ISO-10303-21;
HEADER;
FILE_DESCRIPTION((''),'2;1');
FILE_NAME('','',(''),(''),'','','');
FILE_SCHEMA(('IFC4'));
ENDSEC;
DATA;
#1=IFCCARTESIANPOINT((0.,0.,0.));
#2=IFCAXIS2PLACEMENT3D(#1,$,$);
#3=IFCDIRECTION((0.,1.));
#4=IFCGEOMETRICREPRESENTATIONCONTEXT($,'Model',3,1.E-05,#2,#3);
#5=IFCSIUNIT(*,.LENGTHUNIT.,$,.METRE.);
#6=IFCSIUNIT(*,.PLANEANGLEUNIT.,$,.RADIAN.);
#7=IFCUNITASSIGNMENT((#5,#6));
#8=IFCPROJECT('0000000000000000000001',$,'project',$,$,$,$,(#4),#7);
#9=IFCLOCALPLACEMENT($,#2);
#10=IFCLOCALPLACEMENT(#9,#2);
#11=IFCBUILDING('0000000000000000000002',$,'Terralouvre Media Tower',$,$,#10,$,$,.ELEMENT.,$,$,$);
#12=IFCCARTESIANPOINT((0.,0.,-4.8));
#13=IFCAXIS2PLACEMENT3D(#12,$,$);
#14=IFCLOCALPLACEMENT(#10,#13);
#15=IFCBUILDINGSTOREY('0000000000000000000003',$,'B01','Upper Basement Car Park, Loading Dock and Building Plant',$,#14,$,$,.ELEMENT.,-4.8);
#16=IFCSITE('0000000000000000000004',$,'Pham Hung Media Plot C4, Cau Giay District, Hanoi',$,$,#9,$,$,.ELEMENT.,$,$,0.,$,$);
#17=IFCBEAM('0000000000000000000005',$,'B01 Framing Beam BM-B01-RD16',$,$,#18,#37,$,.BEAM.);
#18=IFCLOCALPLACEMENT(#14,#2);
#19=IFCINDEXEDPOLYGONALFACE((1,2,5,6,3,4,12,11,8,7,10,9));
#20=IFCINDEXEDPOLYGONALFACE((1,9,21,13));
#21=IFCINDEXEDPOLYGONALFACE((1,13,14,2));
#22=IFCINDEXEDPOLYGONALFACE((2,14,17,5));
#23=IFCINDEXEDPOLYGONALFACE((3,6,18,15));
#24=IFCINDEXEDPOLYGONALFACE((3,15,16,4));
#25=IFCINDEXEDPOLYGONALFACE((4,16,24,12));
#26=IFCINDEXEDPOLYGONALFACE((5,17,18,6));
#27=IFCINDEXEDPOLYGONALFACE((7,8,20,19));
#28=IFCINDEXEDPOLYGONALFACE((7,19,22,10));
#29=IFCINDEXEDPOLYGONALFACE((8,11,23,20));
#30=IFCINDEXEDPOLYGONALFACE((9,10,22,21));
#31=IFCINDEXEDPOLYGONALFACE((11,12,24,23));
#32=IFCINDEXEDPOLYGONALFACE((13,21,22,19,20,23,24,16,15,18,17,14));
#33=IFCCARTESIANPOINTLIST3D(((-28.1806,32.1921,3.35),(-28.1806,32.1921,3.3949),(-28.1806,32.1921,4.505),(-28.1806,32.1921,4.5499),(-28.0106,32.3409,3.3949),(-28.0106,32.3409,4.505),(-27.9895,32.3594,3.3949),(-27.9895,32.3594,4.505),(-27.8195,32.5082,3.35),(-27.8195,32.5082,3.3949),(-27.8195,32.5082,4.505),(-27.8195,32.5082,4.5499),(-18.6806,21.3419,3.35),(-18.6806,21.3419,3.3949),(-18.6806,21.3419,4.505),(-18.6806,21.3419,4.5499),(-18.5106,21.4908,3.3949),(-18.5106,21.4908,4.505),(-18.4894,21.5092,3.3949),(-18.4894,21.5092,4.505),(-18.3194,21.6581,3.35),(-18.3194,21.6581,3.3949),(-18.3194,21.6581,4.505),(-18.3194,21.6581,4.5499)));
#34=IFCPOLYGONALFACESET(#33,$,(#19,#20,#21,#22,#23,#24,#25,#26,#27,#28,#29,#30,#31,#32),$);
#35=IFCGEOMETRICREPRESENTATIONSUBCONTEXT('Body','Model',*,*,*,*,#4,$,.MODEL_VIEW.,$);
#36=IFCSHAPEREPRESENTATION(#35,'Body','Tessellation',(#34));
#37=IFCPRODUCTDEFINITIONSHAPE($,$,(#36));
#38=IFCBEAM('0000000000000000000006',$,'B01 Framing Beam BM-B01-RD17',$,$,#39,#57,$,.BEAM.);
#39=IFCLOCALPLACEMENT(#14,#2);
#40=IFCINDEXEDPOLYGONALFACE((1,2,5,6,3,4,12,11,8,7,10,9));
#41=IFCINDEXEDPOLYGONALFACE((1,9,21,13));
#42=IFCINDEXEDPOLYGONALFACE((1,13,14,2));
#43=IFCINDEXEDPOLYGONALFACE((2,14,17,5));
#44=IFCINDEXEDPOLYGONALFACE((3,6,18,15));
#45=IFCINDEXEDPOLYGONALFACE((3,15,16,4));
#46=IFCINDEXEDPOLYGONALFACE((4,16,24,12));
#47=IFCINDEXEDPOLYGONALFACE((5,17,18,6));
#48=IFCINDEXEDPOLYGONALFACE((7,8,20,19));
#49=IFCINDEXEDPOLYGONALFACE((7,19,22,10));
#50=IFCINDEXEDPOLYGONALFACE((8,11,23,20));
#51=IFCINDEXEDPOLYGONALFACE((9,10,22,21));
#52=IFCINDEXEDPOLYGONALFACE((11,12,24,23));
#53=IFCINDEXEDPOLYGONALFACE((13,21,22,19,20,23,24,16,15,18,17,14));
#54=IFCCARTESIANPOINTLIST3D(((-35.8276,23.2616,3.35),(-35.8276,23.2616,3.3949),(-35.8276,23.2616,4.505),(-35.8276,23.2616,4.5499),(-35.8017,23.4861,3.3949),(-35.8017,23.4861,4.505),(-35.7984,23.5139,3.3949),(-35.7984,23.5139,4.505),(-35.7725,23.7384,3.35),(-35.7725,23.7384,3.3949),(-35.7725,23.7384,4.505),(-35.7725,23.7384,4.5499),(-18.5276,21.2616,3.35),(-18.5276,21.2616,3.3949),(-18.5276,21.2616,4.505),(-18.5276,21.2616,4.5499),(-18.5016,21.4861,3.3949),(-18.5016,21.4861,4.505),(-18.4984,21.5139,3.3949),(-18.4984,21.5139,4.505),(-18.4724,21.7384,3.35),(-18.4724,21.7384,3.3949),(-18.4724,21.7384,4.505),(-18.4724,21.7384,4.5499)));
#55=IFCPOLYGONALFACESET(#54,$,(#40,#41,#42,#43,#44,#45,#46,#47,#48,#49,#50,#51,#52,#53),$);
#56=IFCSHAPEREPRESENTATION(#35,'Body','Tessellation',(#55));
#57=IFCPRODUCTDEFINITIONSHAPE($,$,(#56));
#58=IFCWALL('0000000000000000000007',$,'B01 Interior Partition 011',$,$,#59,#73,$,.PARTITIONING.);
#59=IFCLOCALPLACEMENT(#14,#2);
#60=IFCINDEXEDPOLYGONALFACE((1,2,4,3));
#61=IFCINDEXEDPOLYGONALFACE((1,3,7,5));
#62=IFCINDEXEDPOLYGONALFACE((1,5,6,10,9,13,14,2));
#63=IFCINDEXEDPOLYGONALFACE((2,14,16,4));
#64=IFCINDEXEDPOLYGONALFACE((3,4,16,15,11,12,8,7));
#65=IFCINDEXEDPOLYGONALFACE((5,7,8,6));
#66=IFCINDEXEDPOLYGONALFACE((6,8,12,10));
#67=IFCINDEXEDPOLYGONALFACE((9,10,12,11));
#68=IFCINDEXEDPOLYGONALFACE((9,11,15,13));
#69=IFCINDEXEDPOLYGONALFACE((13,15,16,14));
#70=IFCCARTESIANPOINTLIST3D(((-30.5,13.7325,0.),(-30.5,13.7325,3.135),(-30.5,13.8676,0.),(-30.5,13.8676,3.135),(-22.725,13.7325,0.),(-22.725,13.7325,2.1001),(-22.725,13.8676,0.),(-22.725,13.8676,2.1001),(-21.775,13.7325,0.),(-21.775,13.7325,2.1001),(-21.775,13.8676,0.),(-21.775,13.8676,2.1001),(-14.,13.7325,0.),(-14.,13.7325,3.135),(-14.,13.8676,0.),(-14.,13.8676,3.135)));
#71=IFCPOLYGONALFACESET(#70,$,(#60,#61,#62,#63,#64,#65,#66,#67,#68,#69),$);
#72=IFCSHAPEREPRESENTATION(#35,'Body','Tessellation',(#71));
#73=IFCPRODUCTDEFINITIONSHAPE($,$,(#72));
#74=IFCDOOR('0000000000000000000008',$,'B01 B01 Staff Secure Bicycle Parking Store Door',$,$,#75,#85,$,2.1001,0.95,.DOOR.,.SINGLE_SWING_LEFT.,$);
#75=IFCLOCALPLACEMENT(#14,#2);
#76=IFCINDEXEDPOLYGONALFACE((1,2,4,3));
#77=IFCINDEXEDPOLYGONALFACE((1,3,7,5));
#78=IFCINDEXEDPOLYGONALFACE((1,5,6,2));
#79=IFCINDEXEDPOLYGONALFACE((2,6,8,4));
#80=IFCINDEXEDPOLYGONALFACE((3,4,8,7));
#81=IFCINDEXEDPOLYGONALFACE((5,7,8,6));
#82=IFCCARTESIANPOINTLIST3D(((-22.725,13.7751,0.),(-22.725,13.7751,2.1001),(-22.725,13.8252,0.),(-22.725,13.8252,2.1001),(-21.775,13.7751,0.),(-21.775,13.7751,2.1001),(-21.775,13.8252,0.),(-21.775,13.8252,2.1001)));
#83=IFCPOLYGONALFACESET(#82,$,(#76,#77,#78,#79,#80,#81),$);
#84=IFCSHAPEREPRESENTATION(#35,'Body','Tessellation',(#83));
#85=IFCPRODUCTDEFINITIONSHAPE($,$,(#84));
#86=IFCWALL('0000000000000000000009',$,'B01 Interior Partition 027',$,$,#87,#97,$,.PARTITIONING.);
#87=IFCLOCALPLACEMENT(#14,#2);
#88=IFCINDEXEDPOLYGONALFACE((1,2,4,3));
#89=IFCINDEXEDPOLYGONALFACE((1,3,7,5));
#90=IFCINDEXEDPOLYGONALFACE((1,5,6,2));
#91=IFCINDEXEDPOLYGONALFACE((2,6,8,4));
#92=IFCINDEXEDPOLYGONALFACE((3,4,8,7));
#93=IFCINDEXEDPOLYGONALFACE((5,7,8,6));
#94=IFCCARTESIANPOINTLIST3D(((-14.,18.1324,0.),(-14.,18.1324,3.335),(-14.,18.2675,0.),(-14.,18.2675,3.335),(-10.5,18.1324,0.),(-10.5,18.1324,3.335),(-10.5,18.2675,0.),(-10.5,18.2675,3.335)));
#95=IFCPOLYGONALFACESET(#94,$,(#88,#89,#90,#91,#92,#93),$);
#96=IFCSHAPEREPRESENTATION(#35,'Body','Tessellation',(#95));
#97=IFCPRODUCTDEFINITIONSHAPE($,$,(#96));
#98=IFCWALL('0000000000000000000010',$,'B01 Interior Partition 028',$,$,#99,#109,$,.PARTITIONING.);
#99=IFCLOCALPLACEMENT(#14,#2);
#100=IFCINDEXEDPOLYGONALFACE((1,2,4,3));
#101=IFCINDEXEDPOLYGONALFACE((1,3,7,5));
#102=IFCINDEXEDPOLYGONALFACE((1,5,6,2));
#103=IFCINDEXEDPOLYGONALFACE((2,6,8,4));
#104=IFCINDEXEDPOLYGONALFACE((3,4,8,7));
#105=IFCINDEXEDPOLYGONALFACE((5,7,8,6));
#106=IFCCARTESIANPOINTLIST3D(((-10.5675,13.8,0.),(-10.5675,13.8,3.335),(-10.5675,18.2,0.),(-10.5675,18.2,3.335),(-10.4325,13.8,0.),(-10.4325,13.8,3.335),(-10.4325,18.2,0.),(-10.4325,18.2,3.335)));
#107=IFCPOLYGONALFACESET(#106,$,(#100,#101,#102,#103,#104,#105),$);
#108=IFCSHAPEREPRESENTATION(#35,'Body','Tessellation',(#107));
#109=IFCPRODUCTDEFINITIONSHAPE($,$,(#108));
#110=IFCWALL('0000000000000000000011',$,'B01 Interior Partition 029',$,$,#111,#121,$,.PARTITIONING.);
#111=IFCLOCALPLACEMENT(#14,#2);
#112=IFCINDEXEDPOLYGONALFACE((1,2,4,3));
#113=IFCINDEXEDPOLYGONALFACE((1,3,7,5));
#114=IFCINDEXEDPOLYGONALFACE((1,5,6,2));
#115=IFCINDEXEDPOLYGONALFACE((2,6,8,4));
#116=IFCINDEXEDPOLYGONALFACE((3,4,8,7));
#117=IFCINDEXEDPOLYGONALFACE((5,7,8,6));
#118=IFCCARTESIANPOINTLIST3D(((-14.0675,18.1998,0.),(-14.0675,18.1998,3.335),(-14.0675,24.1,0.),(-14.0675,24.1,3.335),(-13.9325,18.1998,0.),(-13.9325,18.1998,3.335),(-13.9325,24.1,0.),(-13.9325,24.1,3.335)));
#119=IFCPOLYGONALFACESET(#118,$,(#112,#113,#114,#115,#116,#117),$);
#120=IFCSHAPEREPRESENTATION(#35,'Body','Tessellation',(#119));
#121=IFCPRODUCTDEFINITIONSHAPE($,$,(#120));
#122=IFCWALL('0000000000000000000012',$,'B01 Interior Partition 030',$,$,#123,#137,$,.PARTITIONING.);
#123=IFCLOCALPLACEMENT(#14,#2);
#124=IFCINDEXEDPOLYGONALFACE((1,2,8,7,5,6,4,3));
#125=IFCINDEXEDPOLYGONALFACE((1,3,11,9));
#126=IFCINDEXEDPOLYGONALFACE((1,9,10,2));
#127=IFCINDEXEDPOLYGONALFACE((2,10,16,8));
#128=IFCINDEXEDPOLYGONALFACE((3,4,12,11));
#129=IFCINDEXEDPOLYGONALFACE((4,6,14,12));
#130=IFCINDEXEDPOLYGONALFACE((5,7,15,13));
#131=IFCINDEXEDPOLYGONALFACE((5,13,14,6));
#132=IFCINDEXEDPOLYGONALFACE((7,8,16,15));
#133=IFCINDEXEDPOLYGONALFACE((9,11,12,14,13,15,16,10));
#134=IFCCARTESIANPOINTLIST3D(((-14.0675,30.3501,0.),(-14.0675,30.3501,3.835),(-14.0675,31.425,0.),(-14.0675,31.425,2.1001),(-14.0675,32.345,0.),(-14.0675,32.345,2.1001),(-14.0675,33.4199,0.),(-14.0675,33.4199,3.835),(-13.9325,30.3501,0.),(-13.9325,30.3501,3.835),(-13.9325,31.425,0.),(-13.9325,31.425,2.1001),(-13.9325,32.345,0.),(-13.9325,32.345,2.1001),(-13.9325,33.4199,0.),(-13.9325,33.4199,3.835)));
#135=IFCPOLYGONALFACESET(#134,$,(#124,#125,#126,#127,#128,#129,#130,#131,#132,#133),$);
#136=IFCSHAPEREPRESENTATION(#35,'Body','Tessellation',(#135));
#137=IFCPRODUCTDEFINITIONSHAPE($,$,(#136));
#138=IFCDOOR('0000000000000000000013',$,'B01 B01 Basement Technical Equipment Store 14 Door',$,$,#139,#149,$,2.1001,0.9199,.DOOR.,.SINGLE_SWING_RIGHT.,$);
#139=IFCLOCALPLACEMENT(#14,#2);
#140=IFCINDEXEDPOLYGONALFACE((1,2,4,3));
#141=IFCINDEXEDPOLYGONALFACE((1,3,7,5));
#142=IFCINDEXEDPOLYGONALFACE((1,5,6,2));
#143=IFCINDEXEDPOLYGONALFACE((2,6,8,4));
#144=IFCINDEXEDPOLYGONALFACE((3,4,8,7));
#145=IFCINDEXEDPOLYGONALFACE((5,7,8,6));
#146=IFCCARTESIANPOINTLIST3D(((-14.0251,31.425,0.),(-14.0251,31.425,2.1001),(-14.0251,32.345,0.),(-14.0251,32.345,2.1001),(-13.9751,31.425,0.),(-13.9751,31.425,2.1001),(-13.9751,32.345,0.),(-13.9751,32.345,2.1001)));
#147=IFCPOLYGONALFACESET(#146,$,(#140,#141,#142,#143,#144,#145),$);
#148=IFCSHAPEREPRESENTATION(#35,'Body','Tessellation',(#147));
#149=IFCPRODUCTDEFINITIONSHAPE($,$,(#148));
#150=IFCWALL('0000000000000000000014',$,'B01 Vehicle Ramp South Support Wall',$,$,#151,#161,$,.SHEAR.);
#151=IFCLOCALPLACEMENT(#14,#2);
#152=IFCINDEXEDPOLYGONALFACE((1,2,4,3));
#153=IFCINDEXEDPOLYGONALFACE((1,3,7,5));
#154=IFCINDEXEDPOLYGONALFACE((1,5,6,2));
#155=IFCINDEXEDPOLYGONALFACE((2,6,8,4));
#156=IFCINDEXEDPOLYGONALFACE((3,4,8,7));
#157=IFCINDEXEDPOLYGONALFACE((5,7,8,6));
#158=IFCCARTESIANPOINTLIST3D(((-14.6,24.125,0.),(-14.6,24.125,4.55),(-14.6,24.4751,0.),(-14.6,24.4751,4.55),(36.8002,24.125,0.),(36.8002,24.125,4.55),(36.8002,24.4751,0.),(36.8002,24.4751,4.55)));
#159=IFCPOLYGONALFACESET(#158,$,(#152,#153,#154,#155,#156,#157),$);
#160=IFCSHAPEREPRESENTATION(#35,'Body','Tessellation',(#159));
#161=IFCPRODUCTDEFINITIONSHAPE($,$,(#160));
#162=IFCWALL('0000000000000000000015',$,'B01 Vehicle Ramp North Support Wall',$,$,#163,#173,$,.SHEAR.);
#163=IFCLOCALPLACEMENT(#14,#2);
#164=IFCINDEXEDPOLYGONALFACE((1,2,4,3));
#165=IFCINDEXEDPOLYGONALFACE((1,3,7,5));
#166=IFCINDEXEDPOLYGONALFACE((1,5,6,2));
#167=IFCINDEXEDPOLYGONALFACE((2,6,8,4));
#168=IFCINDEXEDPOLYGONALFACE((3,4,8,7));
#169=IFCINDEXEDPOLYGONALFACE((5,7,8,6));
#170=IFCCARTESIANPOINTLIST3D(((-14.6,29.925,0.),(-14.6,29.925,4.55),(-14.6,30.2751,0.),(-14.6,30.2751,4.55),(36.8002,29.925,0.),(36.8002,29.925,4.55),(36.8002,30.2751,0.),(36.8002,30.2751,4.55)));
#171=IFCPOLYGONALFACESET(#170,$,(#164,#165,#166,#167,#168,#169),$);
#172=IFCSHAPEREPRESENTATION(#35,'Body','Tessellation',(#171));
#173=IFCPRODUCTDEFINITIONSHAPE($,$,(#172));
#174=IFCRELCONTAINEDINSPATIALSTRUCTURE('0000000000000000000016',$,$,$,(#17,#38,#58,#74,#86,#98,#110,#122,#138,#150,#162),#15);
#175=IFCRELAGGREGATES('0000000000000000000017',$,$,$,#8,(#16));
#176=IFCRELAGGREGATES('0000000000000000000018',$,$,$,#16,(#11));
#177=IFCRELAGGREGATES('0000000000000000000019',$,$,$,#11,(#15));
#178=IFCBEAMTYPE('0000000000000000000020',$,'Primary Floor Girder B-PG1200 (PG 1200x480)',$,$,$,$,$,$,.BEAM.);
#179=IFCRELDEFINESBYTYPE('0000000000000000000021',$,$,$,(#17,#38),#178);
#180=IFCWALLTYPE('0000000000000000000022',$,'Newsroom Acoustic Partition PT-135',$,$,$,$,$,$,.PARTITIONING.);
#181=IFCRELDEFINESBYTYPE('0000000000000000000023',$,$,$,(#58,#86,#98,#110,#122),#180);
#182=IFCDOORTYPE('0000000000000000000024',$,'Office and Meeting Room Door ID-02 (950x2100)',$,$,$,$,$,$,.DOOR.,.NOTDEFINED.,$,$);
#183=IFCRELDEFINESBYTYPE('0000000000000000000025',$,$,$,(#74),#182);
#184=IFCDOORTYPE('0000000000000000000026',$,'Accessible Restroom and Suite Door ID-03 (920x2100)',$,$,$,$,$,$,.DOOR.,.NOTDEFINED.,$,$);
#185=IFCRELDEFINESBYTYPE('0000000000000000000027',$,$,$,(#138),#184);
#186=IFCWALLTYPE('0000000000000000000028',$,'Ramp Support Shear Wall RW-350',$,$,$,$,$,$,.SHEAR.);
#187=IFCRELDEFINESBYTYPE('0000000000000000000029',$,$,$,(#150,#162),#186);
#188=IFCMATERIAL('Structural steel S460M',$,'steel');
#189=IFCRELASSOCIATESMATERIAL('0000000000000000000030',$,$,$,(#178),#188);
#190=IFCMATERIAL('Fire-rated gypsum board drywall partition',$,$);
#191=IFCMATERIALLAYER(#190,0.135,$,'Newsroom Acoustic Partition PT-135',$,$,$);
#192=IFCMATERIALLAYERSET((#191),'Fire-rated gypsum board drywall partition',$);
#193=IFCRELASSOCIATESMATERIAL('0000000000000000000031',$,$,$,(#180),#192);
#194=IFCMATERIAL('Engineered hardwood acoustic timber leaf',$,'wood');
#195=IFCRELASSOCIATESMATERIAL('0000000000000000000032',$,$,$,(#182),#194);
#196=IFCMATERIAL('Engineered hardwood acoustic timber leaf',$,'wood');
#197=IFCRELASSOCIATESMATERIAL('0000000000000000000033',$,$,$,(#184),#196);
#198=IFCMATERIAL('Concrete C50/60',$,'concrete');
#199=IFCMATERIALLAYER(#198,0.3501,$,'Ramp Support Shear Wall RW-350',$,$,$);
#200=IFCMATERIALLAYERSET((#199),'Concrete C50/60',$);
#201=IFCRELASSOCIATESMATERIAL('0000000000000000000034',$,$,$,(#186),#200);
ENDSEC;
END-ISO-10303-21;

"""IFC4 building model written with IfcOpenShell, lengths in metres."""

from ifc_helpers import new_model, si_unit, direction, frame, frame_2d, origin, origin_2d, place, context, subcontext, project, spatial, rectangle, i_section, extrude, material, layer, layer_set, material_profile, profile_set, type_object, element, fill, save


model = new_model("IFC4")

# Units and contexts
model_context = context("Model", 3, precision=1e-05, world=origin(), true_north=direction((0.0, 1.0)))
body_context = subcontext(model_context, "Body", "Model", "MODEL_VIEW")
ifc_project = project(units=[si_unit("LENGTHUNIT", "METRE"), si_unit("PLANEANGLEUNIT", "RADIAN")], contexts=[model_context])

# Site, building, storey
site_placement = place(None, origin())
site = spatial("IfcSite", under=ifc_project, at=site_placement, Name="Pham Hung Media Plot C4, Cau Giay District, Hanoi", CompositionType="ELEMENT", RefElevation=0.0)
building_placement = place(site_placement, origin())
building = spatial("IfcBuilding", under=site, at=building_placement, Name="Terralouvre Media Tower", CompositionType="ELEMENT")
storey_placement = place(building_placement, frame((0.0, 0.0, -4.8)))
storey = spatial("IfcBuildingStorey", under=building, at=storey_placement, Name="B01", Description="Upper Basement Car Park, Loading Dock and Building Plant", CompositionType="ELEMENT", Elevation=-4.8)

# Beams
ifc_material_1 = material(Name="Structural steel S460M", Category="steel")
ifc_material_profile_1 = material_profile(ifc_material_1, i_section(OverallWidth=0.48, OverallDepth=1.2, WebThickness=0.0281, FlangeThickness=0.0449, at=origin_2d()), Name="PG 1200x480")
ifc_profile_set_1 = profile_set([ifc_material_profile_1], Name="Structural steel S460M")
beam_type_1 = type_object("IfcBeamType", Name="Primary Floor Girder B-PG1200 (PG 1200x480)", PredefinedType="BEAM", material=ifc_profile_set_1)
beam_1_placement = place(storey_placement, frame((-18.5, 21.5, 3.95), z_axis=(-0.658747, 0.752365, 0.0), x_axis=(-0.752365, -0.658747, 0.0)))
element("IfcBeam", 1, at=beam_1_placement, inside=storey, type_object=beam_type_1, Name="B01 Framing Beam BM-B01-RD16", PredefinedType="BEAM", context=body_context, shape_type="SweptSolid", body=[
    extrude(i_section(OverallWidth=0.48, OverallDepth=1.2, WebThickness=0.0281, FlangeThickness=0.0449, at=origin_2d()), origin(), (0.0, 0.0, 1.0), 14.4214),
])
beam_2_placement = place(storey_placement, frame((-18.5, 21.5, 3.95), z_axis=(-0.993384, 0.114842, 0.0), x_axis=(-0.114842, -0.993384, 0.0)))
element("IfcBeam", 2, at=beam_2_placement, inside=storey, type_object=beam_type_1, Name="B01 Framing Beam BM-B01-RD17", PredefinedType="BEAM", context=body_context, shape_type="SweptSolid", body=[
    extrude(i_section(OverallWidth=0.48, OverallDepth=1.2, WebThickness=0.0281, FlangeThickness=0.0449, at=origin_2d()), origin(), (0.0, 0.0, 1.0), 17.4153),
])

# Wall, opening, door
ifc_material_2 = material(Name="Fire-rated gypsum board drywall partition")
ifc_layer_1 = layer(ifc_material_2, 0.135, Name="Newsroom Acoustic Partition PT-135")
ifc_layer_set_1 = layer_set([ifc_layer_1], Name="Fire-rated gypsum board drywall partition")
wall_type_1 = type_object("IfcWallType", Name="Newsroom Acoustic Partition PT-135", PredefinedType="PARTITIONING", material=ifc_layer_set_1)
wall_1_placement = place(storey_placement, frame((-14.0, 13.8, 0.0), z_axis=(0.0, 0.0, 1.0), x_axis=(-1.0, 0.0, 0.0)))
wall_1 = element("IfcWall", 3, at=wall_1_placement, inside=storey, type_object=wall_type_1, Name="B01 Interior Partition 011", PredefinedType="PARTITIONING", context=body_context, shape_type="SweptSolid", body=[
    extrude(rectangle(XDim=16.5, YDim=0.135, at=frame_2d((8.25, 0.0))), origin(), (0.0, 0.0, 1.0), 3.135),
])
opening_1_placement = place(wall_1_placement, frame((7.7749, 0.0, 0.0)))
opening_1 = element("IfcOpeningElement", 4, at=opening_1_placement, cuts=wall_1, PredefinedType="OPENING", context=body_context, shape_type="SweptSolid", body=[
    extrude(rectangle(XDim=0.95, YDim=2.1001, at=frame_2d((0.4751, 1.05))), frame((0.0, 0.0774, 0.0), z_axis=(0.0, -1.0, 0.0), x_axis=(1.0, 0.0, 0.0)), (0.0, 0.0, 1.0), 0.155),
])
ifc_material_3 = material(Name="Engineered hardwood acoustic timber leaf", Category="wood")
door_type_1 = type_object("IfcDoorType", Name="Office and Meeting Room Door ID-02 (950x2100)", OperationType="NOTDEFINED", PredefinedType="DOOR", material=ifc_material_3)
door_1_placement = place(opening_1_placement, origin())
door_1 = element("IfcDoor", 5, at=door_1_placement, inside=storey, type_object=door_type_1, Name="B01 B01 Staff Secure Bicycle Parking Store Door", OperationType="SINGLE_SWING_LEFT", OverallHeight=2.1001, OverallWidth=0.95, PredefinedType="DOOR", context=body_context, shape_type="SweptSolid", body=[
    extrude(rectangle(XDim=0.95, YDim=2.1001, at=frame_2d((0.4751, 1.05))), frame((0.0, 0.0249, 0.0), z_axis=(0.0, -1.0, 0.0), x_axis=(1.0, 0.0, 0.0)), (0.0, 0.0, 1.0), 0.05),
])
fill(opening_1, door_1)

# Walls
wall_2_placement = place(storey_placement, frame((-14.0, 18.2, 0.0), z_axis=(0.0, 0.0, 1.0), x_axis=(1.0, 0.0, 0.0)))
element("IfcWall", 6, at=wall_2_placement, inside=storey, type_object=wall_type_1, Name="B01 Interior Partition 027", PredefinedType="PARTITIONING", context=body_context, shape_type="SweptSolid", body=[
    extrude(rectangle(XDim=3.5, YDim=0.135, at=frame_2d((1.75, 0.0))), origin(), (0.0, 0.0, 1.0), 3.335),
])
wall_3_placement = place(storey_placement, frame((-10.5, 18.2, 0.0), z_axis=(0.0, 0.0, 1.0), x_axis=(0.0, -1.0, 0.0)))
element("IfcWall", 7, at=wall_3_placement, inside=storey, type_object=wall_type_1, Name="B01 Interior Partition 028", PredefinedType="PARTITIONING", context=body_context, shape_type="SweptSolid", body=[
    extrude(rectangle(XDim=4.3999, YDim=0.135, at=frame_2d((2.2, 0.0))), origin(), (0.0, 0.0, 1.0), 3.335),
])
wall_4_placement = place(storey_placement, frame((-14.0, 24.1001, 0.0), z_axis=(0.0, 0.0, 1.0), x_axis=(0.0, -1.0, 0.0)))
element("IfcWall", 8, at=wall_4_placement, inside=storey, type_object=wall_type_1, Name="B01 Interior Partition 029", PredefinedType="PARTITIONING", context=body_context, shape_type="SweptSolid", body=[
    extrude(rectangle(XDim=5.9001, YDim=0.135, at=frame_2d((2.9502, 0.0))), origin(), (0.0, 0.0, 1.0), 3.335),
])

# Wall, opening, door
wall_5_placement = place(storey_placement, frame((-14.0, 33.4199, 0.0), z_axis=(0.0, 0.0, 1.0), x_axis=(0.0, -1.0, 0.0)))
wall_5 = element("IfcWall", 9, at=wall_5_placement, inside=storey, type_object=wall_type_1, Name="B01 Interior Partition 030", PredefinedType="PARTITIONING", context=body_context, shape_type="SweptSolid", body=[
    extrude(rectangle(XDim=3.0698, YDim=0.135, at=frame_2d((1.5349, 0.0))), origin(), (0.0, 0.0, 1.0), 3.835),
])
opening_2_placement = place(wall_5_placement, frame((1.075, 0.0, 0.0)))
opening_2 = element("IfcOpeningElement", 10, at=opening_2_placement, cuts=wall_5, PredefinedType="OPENING", context=body_context, shape_type="SweptSolid", body=[
    extrude(rectangle(XDim=0.9199, YDim=2.1001, at=frame_2d((0.46, 1.05))), frame((0.0, 0.0774, 0.0), z_axis=(0.0, -1.0, 0.0), x_axis=(1.0, 0.0, 0.0)), (0.0, 0.0, 1.0), 0.155),
])
ifc_material_4 = material(Name="Engineered hardwood acoustic timber leaf", Category="wood")
door_type_2 = type_object("IfcDoorType", Name="Accessible Restroom and Suite Door ID-03 (920x2100)", OperationType="NOTDEFINED", PredefinedType="DOOR", material=ifc_material_4)
door_2_placement = place(opening_2_placement, origin())
door_2 = element("IfcDoor", 11, at=door_2_placement, inside=storey, type_object=door_type_2, Name="B01 B01 Basement Technical Equipment Store 14 Door", OperationType="SINGLE_SWING_RIGHT", OverallHeight=2.1001, OverallWidth=0.9199, PredefinedType="DOOR", context=body_context, shape_type="SweptSolid", body=[
    extrude(rectangle(XDim=0.9199, YDim=2.1001, at=frame_2d((0.46, 1.05))), frame((0.0, 0.0249, 0.0), z_axis=(0.0, -1.0, 0.0), x_axis=(1.0, 0.0, 0.0)), (0.0, 0.0, 1.0), 0.05),
])
fill(opening_2, door_2)

# Walls
ifc_material_5 = material(Name="Concrete C50/60", Category="concrete")
ifc_layer_2 = layer(ifc_material_5, 0.3501, Name="Ramp Support Shear Wall RW-350")
ifc_layer_set_2 = layer_set([ifc_layer_2], Name="Concrete C50/60")
wall_type_2 = type_object("IfcWallType", Name="Ramp Support Shear Wall RW-350", PredefinedType="SHEAR", material=ifc_layer_set_2)
for number, where, z_axis, x_axis, name in (
    (12, (-14.6001, 24.3, 0.0), (0.0, 0.0, 1.0), (1.0, 0.0, 0.0), "B01 Vehicle Ramp South Support Wall"),
    (13, (-14.6001, 30.1001, 0.0), (0.0, 0.0, 1.0), (1.0, 0.0, 0.0), "B01 Vehicle Ramp North Support Wall"),
):
    element("IfcWall", number, at=place(storey_placement, frame(where, z_axis=z_axis, x_axis=x_axis)), inside=storey, type_object=wall_type_2, Name=name, PredefinedType="SHEAR", context=body_context, shape_type="SweptSolid", body=[
        extrude(rectangle(XDim=51.4001, YDim=0.3501, at=frame_2d((25.7002, 0.0))), origin(), (0.0, 0.0, 1.0), 4.55),
    ])

save(model, "model.ifc")
